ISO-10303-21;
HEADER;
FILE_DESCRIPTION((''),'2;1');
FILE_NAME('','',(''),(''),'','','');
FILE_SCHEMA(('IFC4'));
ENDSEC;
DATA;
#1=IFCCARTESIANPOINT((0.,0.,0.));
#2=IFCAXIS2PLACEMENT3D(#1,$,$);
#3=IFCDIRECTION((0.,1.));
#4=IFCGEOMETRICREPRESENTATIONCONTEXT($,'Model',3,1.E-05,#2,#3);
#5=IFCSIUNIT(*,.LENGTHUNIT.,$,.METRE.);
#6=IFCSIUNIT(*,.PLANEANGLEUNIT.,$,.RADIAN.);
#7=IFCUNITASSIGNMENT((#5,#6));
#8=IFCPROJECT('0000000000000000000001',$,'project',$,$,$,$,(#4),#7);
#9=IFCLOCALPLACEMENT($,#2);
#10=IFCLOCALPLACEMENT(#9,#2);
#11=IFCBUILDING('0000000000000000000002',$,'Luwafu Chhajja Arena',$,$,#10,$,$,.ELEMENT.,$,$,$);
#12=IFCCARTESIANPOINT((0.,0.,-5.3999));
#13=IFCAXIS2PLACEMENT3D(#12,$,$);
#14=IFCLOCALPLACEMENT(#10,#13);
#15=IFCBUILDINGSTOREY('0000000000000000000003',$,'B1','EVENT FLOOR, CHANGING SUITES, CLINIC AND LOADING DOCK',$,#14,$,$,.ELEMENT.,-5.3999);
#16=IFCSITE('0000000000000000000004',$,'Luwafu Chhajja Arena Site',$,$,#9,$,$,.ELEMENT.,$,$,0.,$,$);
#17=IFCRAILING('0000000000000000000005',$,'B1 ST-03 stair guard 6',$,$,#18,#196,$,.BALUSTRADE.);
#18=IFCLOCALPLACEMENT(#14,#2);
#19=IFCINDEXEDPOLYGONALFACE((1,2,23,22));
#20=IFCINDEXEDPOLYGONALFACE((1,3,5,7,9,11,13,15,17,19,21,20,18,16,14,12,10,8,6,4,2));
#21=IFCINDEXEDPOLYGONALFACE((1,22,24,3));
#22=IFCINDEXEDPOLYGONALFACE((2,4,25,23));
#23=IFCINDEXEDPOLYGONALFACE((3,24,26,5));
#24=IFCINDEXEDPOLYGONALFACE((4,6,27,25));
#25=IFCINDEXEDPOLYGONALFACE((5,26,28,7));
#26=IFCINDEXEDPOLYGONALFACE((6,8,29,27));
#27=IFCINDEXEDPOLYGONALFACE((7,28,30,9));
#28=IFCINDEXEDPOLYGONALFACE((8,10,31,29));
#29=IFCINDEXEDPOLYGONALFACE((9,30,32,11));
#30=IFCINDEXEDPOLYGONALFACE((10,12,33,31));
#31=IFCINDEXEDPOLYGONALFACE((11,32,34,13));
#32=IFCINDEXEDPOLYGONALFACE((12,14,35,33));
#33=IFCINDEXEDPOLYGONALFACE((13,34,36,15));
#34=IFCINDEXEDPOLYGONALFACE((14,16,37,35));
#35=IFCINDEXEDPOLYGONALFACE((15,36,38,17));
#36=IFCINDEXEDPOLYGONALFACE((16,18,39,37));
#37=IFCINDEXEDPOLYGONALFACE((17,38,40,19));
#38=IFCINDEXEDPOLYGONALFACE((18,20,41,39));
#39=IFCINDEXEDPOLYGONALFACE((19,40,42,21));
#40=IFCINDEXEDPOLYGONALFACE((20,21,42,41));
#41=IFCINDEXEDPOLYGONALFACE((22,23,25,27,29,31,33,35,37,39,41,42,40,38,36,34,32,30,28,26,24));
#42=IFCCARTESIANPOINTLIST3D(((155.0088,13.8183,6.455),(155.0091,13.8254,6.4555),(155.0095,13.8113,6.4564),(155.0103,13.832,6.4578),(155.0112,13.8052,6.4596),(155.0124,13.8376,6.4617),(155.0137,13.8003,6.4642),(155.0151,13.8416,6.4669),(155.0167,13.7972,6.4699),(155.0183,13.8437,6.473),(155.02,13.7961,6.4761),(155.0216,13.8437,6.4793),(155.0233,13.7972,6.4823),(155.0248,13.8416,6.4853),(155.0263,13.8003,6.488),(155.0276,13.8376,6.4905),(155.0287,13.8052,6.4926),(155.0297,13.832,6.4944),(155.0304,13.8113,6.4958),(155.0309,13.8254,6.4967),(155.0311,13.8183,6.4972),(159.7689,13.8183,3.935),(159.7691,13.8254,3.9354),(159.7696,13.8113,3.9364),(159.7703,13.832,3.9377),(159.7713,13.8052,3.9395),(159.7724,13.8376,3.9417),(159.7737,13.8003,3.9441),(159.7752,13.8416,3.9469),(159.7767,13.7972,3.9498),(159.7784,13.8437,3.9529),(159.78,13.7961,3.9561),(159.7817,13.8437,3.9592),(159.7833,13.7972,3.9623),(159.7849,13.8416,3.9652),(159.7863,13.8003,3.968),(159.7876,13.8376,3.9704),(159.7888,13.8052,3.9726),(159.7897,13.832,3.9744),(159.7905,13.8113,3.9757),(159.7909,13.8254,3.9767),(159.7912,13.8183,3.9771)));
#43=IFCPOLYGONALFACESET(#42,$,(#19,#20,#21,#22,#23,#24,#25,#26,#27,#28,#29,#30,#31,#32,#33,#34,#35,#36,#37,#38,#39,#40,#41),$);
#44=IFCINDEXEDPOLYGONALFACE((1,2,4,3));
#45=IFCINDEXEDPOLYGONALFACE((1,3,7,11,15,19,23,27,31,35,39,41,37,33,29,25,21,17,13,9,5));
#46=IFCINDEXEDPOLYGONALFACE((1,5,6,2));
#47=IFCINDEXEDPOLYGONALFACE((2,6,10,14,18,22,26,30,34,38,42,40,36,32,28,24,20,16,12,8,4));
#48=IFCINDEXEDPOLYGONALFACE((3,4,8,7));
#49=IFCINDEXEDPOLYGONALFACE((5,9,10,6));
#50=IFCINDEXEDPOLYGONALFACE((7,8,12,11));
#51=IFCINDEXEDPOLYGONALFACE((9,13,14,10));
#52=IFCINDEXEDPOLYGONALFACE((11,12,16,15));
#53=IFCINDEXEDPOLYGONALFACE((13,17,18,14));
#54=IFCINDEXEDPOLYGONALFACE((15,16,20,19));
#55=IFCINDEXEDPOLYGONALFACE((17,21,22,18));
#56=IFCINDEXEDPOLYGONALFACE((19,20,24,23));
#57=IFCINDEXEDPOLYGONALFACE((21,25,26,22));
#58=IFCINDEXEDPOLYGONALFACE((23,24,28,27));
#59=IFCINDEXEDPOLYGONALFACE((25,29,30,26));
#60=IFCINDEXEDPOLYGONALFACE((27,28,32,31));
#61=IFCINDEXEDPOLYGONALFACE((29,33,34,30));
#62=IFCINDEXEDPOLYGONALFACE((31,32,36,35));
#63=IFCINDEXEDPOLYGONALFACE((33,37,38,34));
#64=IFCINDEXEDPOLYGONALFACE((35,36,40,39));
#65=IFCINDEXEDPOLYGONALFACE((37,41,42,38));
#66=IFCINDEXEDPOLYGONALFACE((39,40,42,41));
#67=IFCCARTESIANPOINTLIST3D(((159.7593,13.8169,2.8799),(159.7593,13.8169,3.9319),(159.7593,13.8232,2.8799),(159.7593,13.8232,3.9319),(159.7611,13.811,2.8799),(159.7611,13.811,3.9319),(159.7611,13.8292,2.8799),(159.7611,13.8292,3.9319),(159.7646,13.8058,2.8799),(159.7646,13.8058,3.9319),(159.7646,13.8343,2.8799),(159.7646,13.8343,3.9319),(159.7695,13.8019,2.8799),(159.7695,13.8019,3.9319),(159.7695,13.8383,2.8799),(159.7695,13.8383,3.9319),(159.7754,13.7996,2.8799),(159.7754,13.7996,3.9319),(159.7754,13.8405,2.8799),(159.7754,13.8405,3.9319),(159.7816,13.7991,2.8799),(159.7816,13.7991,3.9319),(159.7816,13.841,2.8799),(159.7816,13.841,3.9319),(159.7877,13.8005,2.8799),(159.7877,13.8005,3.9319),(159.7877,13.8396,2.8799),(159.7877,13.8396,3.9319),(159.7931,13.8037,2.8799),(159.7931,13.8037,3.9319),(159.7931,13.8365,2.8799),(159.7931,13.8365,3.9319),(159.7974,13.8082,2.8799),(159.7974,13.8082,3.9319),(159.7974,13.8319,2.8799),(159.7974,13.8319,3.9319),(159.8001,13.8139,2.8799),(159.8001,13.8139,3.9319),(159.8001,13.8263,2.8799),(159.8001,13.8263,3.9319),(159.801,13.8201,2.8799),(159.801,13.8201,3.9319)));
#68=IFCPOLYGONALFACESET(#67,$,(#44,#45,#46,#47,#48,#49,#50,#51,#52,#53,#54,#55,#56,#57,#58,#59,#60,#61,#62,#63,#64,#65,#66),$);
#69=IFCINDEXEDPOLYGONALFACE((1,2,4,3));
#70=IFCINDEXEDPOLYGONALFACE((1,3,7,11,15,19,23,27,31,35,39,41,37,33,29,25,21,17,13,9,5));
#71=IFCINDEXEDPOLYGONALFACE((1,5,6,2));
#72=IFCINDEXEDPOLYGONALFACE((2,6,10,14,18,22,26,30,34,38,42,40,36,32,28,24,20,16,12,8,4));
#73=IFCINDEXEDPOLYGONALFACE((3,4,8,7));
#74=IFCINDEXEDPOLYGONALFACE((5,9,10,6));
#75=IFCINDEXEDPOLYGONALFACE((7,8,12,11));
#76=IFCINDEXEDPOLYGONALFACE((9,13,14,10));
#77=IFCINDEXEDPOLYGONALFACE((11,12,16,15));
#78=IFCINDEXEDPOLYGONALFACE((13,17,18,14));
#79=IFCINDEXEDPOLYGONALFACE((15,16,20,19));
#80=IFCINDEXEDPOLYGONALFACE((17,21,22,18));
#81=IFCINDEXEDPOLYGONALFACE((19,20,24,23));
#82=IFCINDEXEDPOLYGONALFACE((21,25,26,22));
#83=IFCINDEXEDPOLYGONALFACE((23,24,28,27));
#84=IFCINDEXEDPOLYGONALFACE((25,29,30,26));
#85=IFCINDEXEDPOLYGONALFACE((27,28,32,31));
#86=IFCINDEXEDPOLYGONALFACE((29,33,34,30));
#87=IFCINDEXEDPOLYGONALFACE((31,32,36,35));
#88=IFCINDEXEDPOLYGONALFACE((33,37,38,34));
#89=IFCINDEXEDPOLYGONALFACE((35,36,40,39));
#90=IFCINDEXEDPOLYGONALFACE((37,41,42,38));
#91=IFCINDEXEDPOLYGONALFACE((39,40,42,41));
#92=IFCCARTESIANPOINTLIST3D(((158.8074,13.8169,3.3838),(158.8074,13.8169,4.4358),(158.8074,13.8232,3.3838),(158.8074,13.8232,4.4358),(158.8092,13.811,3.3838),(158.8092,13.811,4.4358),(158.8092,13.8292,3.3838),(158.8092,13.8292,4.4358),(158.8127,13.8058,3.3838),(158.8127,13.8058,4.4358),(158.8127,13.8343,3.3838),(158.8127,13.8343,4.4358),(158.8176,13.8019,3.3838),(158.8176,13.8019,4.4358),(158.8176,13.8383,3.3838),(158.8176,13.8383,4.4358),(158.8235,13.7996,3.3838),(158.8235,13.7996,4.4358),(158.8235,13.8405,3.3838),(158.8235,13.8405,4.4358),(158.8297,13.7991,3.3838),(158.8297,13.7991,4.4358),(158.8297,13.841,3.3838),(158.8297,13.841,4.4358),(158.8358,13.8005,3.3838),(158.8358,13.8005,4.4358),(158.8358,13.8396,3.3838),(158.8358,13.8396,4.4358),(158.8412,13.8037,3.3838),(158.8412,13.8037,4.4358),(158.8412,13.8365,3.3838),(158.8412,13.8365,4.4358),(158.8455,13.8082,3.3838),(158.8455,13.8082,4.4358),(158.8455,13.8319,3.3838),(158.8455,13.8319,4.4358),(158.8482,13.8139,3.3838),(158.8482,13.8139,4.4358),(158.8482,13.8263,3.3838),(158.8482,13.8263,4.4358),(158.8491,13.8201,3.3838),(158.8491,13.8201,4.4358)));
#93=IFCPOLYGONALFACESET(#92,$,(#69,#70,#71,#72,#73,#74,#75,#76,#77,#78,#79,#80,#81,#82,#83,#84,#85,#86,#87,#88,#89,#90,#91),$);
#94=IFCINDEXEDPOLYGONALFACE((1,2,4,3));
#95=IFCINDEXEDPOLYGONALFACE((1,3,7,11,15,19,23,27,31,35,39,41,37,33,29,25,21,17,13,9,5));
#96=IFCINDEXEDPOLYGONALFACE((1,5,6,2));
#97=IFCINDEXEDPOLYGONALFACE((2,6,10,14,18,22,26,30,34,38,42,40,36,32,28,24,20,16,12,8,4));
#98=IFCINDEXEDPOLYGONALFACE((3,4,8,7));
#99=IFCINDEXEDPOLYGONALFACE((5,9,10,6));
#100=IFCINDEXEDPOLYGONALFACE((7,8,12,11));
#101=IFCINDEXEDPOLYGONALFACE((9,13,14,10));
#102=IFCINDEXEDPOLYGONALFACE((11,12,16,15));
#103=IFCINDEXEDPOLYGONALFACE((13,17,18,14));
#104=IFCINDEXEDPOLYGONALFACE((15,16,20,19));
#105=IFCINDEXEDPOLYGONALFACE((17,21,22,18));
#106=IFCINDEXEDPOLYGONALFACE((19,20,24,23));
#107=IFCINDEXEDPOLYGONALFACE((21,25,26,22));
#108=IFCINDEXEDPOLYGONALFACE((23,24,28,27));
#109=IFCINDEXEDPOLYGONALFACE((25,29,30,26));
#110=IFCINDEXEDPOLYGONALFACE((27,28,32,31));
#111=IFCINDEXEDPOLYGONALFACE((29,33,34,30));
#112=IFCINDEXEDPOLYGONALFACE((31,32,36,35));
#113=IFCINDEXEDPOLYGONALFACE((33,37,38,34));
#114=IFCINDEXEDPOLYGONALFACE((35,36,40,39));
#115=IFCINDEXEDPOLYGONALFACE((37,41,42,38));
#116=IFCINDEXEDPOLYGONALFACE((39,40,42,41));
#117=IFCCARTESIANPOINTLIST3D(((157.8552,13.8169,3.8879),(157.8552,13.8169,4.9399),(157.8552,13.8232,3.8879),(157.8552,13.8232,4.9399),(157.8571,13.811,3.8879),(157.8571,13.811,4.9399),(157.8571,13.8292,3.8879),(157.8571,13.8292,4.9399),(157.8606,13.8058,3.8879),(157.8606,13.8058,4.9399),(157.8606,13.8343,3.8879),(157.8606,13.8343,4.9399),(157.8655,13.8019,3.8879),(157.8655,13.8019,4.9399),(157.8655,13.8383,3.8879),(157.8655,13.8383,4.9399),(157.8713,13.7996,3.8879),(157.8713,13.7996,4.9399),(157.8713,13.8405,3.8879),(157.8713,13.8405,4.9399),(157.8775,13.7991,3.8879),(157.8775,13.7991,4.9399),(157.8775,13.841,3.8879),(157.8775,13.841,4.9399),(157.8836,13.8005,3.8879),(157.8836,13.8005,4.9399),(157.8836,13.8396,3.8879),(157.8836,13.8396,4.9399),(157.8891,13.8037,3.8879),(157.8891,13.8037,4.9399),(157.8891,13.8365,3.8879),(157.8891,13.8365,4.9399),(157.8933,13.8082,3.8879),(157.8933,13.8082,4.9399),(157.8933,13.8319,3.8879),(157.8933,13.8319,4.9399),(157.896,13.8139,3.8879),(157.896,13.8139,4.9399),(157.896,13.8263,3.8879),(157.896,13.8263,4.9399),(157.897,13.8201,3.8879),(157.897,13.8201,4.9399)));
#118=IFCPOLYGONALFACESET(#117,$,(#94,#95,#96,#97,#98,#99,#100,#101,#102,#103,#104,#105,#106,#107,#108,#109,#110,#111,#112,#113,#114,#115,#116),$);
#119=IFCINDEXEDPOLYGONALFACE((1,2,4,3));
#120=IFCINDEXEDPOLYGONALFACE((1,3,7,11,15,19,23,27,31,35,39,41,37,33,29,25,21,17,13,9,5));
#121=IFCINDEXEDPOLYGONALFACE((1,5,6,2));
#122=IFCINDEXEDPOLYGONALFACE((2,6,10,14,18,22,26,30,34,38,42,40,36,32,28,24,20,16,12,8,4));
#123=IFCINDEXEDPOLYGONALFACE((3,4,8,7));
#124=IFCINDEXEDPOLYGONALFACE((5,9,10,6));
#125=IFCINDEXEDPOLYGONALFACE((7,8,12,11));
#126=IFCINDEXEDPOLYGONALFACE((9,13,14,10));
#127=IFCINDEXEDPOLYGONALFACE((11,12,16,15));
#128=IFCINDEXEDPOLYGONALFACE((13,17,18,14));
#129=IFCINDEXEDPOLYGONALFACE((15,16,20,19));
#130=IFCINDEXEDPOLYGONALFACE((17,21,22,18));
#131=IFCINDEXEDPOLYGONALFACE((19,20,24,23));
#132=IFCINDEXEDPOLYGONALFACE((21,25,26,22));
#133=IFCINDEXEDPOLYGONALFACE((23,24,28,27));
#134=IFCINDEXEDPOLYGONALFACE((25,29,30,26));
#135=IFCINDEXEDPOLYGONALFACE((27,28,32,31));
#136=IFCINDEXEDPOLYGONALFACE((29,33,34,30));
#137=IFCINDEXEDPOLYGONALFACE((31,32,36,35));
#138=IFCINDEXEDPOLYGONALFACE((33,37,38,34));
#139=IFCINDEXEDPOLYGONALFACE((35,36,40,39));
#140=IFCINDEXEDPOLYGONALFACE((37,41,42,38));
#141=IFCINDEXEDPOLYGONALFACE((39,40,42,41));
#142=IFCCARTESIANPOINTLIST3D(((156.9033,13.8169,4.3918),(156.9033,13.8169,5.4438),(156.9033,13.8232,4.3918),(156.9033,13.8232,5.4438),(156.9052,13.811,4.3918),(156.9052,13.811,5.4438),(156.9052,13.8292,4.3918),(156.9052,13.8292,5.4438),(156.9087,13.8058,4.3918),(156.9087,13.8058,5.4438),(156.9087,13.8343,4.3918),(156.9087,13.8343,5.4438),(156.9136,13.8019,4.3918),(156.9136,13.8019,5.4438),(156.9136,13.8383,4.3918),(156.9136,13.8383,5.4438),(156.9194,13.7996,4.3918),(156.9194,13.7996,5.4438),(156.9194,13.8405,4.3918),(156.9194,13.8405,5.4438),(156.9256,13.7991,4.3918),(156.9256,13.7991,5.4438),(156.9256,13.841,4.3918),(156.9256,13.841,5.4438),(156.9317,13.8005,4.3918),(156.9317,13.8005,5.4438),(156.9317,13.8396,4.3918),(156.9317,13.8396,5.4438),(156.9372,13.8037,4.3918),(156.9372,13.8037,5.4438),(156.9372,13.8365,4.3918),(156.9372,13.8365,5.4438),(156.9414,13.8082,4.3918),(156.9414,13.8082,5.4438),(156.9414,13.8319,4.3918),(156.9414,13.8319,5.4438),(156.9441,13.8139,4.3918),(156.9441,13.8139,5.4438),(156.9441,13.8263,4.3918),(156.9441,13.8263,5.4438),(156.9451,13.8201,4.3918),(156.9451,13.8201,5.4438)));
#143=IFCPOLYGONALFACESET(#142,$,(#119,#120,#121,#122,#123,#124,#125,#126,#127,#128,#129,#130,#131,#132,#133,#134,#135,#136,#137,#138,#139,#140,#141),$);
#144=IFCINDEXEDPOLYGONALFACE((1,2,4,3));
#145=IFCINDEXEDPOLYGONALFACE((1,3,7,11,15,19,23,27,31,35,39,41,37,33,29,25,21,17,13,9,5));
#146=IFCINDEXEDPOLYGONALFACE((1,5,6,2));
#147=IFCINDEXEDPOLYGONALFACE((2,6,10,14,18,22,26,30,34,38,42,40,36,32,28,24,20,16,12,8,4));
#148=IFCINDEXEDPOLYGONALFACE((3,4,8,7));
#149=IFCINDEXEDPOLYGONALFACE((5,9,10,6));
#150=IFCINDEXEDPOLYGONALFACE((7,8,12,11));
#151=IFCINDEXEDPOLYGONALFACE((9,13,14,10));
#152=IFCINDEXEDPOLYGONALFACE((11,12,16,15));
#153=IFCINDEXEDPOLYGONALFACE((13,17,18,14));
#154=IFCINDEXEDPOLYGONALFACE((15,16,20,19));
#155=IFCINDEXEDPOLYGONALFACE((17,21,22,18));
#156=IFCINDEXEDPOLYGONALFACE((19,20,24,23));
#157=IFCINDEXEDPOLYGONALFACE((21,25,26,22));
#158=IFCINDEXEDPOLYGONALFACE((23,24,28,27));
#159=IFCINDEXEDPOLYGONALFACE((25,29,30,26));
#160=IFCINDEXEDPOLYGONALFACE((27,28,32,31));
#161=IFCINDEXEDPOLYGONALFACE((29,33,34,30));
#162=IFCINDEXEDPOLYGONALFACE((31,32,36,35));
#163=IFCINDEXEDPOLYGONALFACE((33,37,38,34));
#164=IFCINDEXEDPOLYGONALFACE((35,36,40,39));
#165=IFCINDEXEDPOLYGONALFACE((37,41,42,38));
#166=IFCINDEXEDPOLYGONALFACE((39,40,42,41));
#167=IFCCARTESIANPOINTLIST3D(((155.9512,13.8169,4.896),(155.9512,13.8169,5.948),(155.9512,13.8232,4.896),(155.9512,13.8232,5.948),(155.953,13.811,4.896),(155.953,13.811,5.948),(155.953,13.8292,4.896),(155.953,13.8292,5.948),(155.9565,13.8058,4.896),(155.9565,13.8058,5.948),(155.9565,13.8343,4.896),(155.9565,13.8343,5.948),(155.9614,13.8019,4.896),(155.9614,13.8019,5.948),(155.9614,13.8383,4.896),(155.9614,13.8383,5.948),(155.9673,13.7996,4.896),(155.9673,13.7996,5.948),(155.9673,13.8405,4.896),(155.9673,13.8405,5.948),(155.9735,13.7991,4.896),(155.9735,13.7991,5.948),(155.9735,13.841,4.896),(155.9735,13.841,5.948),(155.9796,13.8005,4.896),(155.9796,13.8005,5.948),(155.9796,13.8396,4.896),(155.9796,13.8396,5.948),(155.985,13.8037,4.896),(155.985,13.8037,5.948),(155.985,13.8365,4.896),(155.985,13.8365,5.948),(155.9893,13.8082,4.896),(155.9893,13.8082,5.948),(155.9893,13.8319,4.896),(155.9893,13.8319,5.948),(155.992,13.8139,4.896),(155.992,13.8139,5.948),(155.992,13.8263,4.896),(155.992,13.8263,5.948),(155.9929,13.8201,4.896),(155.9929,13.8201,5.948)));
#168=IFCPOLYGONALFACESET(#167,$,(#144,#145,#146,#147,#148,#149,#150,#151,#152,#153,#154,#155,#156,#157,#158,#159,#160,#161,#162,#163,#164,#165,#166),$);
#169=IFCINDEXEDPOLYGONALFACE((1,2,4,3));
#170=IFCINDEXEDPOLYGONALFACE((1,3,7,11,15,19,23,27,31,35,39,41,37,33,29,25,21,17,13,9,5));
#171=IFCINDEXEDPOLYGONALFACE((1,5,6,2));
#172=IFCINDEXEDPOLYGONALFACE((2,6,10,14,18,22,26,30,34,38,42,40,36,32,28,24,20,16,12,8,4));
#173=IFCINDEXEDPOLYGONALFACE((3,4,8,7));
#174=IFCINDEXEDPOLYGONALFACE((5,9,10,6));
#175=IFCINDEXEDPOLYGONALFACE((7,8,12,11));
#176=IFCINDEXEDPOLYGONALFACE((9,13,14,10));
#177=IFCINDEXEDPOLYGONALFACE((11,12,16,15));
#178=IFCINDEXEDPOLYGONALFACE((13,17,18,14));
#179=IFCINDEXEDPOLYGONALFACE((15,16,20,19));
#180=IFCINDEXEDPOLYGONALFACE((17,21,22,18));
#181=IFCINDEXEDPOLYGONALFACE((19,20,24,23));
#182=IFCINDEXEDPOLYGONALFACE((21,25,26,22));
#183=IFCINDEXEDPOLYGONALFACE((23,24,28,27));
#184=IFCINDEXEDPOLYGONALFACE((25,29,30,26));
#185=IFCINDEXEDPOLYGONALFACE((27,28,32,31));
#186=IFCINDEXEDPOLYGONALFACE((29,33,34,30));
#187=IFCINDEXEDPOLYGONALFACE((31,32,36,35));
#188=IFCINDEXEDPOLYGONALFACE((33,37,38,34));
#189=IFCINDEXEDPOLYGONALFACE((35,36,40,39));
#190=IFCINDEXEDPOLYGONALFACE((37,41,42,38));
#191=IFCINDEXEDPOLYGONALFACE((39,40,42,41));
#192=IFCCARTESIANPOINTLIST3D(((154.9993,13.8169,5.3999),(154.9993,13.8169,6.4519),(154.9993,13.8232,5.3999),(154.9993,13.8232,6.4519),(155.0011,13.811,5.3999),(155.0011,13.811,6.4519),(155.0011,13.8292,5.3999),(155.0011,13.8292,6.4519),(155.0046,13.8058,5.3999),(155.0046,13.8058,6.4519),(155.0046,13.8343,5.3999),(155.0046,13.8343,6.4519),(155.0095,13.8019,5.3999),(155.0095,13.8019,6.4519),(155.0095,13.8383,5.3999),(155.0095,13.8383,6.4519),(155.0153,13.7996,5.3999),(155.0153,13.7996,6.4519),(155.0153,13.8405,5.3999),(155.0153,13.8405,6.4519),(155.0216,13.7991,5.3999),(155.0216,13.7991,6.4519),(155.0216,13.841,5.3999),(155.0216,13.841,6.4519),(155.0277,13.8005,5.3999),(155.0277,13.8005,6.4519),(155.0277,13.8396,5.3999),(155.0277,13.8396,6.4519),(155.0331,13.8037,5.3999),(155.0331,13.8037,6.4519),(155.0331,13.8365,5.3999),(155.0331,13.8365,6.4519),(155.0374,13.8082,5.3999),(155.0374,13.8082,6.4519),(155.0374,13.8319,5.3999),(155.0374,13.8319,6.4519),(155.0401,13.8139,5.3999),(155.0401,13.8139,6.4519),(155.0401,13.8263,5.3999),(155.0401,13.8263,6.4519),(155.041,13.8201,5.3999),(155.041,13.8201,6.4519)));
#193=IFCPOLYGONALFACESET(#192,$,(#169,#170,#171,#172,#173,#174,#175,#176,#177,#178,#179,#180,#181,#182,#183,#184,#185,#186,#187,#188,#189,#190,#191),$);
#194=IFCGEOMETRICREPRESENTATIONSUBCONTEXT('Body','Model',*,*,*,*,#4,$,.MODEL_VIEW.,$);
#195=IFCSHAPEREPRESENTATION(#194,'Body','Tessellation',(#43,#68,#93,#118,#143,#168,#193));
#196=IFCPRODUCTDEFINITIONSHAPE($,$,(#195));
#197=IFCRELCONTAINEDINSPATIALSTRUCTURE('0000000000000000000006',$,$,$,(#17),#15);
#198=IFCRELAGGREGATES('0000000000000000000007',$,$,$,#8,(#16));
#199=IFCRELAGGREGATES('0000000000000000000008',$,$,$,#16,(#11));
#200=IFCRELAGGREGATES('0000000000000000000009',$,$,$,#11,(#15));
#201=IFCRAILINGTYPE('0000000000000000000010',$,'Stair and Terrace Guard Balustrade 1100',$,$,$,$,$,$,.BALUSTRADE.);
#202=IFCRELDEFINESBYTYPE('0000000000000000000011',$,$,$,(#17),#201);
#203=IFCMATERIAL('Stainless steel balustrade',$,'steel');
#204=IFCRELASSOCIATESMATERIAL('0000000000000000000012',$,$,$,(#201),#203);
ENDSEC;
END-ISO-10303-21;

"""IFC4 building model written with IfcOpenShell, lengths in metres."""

from ifc_helpers import new_model, si_unit, direction, frame, origin, origin_2d, place, context, subcontext, project, spatial, circle, extrude, material, type_object, element, save


model = new_model("IFC4")

# Units and contexts
model_context = context("Model", 3, precision=1e-05, world=origin(), true_north=direction((0.0, 1.0)))
body_context = subcontext(model_context, "Body", "Model", "MODEL_VIEW")
ifc_project = project(units=[si_unit("LENGTHUNIT", "METRE"), si_unit("PLANEANGLEUNIT", "RADIAN")], contexts=[model_context])

# Site, building, storey
site_placement = place(None, origin())
site = spatial("IfcSite", under=ifc_project, at=site_placement, Name="Luwafu Chhajja Arena Site", CompositionType="ELEMENT", RefElevation=0.0)
building_placement = place(site_placement, origin())
building = spatial("IfcBuilding", under=site, at=building_placement, Name="Luwafu Chhajja Arena", CompositionType="ELEMENT")
storey_placement = place(building_placement, frame((0.0, 0.0, -5.3999)))
storey = spatial("IfcBuildingStorey", under=building, at=storey_placement, Name="B1", Description="EVENT FLOOR, CHANGING SUITES, CLINIC AND LOADING DOCK", CompositionType="ELEMENT", Elevation=-5.3999)

# Railing
ifc_material_1 = material(Name="Stainless steel balustrade", Category="steel")
railing_type_1 = type_object("IfcRailingType", Name="Stair and Terrace Guard Balustrade 1100", PredefinedType="BALUSTRADE", material=ifc_material_1)
railing_1_placement = place(storey_placement, frame((159.78, 13.8201, 2.8799)))
element("IfcRailing", 1, at=railing_1_placement, inside=storey, type_object=railing_type_1, Name="B1 ST-03 stair guard 6", PredefinedType="BALUSTRADE", context=body_context, shape_type="SweptSolid", body=[
    extrude(circle(Radius=0.0239, at=origin_2d()), frame((0.0, 0.0, 1.0762), z_axis=(-0.883787, 0.0, 0.46789), x_axis=(0.0, -1.0, 0.0)), (0.0, 0.0, 1.0), 5.386),
    extrude(circle(Radius=0.021, at=origin_2d()), origin(), (0.0, 0.0, 1.0), 1.052),
    extrude(circle(Radius=0.021, at=origin_2d()), frame((-0.9519, 0.0, 0.5039)), (0.0, 0.0, 1.0), 1.052),
    extrude(circle(Radius=0.021, at=origin_2d()), frame((-1.9041, 0.0, 1.0081)), (0.0, 0.0, 1.0), 1.052),
    extrude(circle(Radius=0.021, at=origin_2d()), frame((-2.856, 0.0, 1.512)), (0.0, 0.0, 1.0), 1.052),
    extrude(circle(Radius=0.021, at=origin_2d()), frame((-3.8081, 0.0, 2.0161)), (0.0, 0.0, 1.0), 1.052),
    extrude(circle(Radius=0.021, at=origin_2d()), frame((-4.76, 0.0, 2.52)), (0.0, 0.0, 1.0), 1.052),
])

save(model, "model.ifc")
